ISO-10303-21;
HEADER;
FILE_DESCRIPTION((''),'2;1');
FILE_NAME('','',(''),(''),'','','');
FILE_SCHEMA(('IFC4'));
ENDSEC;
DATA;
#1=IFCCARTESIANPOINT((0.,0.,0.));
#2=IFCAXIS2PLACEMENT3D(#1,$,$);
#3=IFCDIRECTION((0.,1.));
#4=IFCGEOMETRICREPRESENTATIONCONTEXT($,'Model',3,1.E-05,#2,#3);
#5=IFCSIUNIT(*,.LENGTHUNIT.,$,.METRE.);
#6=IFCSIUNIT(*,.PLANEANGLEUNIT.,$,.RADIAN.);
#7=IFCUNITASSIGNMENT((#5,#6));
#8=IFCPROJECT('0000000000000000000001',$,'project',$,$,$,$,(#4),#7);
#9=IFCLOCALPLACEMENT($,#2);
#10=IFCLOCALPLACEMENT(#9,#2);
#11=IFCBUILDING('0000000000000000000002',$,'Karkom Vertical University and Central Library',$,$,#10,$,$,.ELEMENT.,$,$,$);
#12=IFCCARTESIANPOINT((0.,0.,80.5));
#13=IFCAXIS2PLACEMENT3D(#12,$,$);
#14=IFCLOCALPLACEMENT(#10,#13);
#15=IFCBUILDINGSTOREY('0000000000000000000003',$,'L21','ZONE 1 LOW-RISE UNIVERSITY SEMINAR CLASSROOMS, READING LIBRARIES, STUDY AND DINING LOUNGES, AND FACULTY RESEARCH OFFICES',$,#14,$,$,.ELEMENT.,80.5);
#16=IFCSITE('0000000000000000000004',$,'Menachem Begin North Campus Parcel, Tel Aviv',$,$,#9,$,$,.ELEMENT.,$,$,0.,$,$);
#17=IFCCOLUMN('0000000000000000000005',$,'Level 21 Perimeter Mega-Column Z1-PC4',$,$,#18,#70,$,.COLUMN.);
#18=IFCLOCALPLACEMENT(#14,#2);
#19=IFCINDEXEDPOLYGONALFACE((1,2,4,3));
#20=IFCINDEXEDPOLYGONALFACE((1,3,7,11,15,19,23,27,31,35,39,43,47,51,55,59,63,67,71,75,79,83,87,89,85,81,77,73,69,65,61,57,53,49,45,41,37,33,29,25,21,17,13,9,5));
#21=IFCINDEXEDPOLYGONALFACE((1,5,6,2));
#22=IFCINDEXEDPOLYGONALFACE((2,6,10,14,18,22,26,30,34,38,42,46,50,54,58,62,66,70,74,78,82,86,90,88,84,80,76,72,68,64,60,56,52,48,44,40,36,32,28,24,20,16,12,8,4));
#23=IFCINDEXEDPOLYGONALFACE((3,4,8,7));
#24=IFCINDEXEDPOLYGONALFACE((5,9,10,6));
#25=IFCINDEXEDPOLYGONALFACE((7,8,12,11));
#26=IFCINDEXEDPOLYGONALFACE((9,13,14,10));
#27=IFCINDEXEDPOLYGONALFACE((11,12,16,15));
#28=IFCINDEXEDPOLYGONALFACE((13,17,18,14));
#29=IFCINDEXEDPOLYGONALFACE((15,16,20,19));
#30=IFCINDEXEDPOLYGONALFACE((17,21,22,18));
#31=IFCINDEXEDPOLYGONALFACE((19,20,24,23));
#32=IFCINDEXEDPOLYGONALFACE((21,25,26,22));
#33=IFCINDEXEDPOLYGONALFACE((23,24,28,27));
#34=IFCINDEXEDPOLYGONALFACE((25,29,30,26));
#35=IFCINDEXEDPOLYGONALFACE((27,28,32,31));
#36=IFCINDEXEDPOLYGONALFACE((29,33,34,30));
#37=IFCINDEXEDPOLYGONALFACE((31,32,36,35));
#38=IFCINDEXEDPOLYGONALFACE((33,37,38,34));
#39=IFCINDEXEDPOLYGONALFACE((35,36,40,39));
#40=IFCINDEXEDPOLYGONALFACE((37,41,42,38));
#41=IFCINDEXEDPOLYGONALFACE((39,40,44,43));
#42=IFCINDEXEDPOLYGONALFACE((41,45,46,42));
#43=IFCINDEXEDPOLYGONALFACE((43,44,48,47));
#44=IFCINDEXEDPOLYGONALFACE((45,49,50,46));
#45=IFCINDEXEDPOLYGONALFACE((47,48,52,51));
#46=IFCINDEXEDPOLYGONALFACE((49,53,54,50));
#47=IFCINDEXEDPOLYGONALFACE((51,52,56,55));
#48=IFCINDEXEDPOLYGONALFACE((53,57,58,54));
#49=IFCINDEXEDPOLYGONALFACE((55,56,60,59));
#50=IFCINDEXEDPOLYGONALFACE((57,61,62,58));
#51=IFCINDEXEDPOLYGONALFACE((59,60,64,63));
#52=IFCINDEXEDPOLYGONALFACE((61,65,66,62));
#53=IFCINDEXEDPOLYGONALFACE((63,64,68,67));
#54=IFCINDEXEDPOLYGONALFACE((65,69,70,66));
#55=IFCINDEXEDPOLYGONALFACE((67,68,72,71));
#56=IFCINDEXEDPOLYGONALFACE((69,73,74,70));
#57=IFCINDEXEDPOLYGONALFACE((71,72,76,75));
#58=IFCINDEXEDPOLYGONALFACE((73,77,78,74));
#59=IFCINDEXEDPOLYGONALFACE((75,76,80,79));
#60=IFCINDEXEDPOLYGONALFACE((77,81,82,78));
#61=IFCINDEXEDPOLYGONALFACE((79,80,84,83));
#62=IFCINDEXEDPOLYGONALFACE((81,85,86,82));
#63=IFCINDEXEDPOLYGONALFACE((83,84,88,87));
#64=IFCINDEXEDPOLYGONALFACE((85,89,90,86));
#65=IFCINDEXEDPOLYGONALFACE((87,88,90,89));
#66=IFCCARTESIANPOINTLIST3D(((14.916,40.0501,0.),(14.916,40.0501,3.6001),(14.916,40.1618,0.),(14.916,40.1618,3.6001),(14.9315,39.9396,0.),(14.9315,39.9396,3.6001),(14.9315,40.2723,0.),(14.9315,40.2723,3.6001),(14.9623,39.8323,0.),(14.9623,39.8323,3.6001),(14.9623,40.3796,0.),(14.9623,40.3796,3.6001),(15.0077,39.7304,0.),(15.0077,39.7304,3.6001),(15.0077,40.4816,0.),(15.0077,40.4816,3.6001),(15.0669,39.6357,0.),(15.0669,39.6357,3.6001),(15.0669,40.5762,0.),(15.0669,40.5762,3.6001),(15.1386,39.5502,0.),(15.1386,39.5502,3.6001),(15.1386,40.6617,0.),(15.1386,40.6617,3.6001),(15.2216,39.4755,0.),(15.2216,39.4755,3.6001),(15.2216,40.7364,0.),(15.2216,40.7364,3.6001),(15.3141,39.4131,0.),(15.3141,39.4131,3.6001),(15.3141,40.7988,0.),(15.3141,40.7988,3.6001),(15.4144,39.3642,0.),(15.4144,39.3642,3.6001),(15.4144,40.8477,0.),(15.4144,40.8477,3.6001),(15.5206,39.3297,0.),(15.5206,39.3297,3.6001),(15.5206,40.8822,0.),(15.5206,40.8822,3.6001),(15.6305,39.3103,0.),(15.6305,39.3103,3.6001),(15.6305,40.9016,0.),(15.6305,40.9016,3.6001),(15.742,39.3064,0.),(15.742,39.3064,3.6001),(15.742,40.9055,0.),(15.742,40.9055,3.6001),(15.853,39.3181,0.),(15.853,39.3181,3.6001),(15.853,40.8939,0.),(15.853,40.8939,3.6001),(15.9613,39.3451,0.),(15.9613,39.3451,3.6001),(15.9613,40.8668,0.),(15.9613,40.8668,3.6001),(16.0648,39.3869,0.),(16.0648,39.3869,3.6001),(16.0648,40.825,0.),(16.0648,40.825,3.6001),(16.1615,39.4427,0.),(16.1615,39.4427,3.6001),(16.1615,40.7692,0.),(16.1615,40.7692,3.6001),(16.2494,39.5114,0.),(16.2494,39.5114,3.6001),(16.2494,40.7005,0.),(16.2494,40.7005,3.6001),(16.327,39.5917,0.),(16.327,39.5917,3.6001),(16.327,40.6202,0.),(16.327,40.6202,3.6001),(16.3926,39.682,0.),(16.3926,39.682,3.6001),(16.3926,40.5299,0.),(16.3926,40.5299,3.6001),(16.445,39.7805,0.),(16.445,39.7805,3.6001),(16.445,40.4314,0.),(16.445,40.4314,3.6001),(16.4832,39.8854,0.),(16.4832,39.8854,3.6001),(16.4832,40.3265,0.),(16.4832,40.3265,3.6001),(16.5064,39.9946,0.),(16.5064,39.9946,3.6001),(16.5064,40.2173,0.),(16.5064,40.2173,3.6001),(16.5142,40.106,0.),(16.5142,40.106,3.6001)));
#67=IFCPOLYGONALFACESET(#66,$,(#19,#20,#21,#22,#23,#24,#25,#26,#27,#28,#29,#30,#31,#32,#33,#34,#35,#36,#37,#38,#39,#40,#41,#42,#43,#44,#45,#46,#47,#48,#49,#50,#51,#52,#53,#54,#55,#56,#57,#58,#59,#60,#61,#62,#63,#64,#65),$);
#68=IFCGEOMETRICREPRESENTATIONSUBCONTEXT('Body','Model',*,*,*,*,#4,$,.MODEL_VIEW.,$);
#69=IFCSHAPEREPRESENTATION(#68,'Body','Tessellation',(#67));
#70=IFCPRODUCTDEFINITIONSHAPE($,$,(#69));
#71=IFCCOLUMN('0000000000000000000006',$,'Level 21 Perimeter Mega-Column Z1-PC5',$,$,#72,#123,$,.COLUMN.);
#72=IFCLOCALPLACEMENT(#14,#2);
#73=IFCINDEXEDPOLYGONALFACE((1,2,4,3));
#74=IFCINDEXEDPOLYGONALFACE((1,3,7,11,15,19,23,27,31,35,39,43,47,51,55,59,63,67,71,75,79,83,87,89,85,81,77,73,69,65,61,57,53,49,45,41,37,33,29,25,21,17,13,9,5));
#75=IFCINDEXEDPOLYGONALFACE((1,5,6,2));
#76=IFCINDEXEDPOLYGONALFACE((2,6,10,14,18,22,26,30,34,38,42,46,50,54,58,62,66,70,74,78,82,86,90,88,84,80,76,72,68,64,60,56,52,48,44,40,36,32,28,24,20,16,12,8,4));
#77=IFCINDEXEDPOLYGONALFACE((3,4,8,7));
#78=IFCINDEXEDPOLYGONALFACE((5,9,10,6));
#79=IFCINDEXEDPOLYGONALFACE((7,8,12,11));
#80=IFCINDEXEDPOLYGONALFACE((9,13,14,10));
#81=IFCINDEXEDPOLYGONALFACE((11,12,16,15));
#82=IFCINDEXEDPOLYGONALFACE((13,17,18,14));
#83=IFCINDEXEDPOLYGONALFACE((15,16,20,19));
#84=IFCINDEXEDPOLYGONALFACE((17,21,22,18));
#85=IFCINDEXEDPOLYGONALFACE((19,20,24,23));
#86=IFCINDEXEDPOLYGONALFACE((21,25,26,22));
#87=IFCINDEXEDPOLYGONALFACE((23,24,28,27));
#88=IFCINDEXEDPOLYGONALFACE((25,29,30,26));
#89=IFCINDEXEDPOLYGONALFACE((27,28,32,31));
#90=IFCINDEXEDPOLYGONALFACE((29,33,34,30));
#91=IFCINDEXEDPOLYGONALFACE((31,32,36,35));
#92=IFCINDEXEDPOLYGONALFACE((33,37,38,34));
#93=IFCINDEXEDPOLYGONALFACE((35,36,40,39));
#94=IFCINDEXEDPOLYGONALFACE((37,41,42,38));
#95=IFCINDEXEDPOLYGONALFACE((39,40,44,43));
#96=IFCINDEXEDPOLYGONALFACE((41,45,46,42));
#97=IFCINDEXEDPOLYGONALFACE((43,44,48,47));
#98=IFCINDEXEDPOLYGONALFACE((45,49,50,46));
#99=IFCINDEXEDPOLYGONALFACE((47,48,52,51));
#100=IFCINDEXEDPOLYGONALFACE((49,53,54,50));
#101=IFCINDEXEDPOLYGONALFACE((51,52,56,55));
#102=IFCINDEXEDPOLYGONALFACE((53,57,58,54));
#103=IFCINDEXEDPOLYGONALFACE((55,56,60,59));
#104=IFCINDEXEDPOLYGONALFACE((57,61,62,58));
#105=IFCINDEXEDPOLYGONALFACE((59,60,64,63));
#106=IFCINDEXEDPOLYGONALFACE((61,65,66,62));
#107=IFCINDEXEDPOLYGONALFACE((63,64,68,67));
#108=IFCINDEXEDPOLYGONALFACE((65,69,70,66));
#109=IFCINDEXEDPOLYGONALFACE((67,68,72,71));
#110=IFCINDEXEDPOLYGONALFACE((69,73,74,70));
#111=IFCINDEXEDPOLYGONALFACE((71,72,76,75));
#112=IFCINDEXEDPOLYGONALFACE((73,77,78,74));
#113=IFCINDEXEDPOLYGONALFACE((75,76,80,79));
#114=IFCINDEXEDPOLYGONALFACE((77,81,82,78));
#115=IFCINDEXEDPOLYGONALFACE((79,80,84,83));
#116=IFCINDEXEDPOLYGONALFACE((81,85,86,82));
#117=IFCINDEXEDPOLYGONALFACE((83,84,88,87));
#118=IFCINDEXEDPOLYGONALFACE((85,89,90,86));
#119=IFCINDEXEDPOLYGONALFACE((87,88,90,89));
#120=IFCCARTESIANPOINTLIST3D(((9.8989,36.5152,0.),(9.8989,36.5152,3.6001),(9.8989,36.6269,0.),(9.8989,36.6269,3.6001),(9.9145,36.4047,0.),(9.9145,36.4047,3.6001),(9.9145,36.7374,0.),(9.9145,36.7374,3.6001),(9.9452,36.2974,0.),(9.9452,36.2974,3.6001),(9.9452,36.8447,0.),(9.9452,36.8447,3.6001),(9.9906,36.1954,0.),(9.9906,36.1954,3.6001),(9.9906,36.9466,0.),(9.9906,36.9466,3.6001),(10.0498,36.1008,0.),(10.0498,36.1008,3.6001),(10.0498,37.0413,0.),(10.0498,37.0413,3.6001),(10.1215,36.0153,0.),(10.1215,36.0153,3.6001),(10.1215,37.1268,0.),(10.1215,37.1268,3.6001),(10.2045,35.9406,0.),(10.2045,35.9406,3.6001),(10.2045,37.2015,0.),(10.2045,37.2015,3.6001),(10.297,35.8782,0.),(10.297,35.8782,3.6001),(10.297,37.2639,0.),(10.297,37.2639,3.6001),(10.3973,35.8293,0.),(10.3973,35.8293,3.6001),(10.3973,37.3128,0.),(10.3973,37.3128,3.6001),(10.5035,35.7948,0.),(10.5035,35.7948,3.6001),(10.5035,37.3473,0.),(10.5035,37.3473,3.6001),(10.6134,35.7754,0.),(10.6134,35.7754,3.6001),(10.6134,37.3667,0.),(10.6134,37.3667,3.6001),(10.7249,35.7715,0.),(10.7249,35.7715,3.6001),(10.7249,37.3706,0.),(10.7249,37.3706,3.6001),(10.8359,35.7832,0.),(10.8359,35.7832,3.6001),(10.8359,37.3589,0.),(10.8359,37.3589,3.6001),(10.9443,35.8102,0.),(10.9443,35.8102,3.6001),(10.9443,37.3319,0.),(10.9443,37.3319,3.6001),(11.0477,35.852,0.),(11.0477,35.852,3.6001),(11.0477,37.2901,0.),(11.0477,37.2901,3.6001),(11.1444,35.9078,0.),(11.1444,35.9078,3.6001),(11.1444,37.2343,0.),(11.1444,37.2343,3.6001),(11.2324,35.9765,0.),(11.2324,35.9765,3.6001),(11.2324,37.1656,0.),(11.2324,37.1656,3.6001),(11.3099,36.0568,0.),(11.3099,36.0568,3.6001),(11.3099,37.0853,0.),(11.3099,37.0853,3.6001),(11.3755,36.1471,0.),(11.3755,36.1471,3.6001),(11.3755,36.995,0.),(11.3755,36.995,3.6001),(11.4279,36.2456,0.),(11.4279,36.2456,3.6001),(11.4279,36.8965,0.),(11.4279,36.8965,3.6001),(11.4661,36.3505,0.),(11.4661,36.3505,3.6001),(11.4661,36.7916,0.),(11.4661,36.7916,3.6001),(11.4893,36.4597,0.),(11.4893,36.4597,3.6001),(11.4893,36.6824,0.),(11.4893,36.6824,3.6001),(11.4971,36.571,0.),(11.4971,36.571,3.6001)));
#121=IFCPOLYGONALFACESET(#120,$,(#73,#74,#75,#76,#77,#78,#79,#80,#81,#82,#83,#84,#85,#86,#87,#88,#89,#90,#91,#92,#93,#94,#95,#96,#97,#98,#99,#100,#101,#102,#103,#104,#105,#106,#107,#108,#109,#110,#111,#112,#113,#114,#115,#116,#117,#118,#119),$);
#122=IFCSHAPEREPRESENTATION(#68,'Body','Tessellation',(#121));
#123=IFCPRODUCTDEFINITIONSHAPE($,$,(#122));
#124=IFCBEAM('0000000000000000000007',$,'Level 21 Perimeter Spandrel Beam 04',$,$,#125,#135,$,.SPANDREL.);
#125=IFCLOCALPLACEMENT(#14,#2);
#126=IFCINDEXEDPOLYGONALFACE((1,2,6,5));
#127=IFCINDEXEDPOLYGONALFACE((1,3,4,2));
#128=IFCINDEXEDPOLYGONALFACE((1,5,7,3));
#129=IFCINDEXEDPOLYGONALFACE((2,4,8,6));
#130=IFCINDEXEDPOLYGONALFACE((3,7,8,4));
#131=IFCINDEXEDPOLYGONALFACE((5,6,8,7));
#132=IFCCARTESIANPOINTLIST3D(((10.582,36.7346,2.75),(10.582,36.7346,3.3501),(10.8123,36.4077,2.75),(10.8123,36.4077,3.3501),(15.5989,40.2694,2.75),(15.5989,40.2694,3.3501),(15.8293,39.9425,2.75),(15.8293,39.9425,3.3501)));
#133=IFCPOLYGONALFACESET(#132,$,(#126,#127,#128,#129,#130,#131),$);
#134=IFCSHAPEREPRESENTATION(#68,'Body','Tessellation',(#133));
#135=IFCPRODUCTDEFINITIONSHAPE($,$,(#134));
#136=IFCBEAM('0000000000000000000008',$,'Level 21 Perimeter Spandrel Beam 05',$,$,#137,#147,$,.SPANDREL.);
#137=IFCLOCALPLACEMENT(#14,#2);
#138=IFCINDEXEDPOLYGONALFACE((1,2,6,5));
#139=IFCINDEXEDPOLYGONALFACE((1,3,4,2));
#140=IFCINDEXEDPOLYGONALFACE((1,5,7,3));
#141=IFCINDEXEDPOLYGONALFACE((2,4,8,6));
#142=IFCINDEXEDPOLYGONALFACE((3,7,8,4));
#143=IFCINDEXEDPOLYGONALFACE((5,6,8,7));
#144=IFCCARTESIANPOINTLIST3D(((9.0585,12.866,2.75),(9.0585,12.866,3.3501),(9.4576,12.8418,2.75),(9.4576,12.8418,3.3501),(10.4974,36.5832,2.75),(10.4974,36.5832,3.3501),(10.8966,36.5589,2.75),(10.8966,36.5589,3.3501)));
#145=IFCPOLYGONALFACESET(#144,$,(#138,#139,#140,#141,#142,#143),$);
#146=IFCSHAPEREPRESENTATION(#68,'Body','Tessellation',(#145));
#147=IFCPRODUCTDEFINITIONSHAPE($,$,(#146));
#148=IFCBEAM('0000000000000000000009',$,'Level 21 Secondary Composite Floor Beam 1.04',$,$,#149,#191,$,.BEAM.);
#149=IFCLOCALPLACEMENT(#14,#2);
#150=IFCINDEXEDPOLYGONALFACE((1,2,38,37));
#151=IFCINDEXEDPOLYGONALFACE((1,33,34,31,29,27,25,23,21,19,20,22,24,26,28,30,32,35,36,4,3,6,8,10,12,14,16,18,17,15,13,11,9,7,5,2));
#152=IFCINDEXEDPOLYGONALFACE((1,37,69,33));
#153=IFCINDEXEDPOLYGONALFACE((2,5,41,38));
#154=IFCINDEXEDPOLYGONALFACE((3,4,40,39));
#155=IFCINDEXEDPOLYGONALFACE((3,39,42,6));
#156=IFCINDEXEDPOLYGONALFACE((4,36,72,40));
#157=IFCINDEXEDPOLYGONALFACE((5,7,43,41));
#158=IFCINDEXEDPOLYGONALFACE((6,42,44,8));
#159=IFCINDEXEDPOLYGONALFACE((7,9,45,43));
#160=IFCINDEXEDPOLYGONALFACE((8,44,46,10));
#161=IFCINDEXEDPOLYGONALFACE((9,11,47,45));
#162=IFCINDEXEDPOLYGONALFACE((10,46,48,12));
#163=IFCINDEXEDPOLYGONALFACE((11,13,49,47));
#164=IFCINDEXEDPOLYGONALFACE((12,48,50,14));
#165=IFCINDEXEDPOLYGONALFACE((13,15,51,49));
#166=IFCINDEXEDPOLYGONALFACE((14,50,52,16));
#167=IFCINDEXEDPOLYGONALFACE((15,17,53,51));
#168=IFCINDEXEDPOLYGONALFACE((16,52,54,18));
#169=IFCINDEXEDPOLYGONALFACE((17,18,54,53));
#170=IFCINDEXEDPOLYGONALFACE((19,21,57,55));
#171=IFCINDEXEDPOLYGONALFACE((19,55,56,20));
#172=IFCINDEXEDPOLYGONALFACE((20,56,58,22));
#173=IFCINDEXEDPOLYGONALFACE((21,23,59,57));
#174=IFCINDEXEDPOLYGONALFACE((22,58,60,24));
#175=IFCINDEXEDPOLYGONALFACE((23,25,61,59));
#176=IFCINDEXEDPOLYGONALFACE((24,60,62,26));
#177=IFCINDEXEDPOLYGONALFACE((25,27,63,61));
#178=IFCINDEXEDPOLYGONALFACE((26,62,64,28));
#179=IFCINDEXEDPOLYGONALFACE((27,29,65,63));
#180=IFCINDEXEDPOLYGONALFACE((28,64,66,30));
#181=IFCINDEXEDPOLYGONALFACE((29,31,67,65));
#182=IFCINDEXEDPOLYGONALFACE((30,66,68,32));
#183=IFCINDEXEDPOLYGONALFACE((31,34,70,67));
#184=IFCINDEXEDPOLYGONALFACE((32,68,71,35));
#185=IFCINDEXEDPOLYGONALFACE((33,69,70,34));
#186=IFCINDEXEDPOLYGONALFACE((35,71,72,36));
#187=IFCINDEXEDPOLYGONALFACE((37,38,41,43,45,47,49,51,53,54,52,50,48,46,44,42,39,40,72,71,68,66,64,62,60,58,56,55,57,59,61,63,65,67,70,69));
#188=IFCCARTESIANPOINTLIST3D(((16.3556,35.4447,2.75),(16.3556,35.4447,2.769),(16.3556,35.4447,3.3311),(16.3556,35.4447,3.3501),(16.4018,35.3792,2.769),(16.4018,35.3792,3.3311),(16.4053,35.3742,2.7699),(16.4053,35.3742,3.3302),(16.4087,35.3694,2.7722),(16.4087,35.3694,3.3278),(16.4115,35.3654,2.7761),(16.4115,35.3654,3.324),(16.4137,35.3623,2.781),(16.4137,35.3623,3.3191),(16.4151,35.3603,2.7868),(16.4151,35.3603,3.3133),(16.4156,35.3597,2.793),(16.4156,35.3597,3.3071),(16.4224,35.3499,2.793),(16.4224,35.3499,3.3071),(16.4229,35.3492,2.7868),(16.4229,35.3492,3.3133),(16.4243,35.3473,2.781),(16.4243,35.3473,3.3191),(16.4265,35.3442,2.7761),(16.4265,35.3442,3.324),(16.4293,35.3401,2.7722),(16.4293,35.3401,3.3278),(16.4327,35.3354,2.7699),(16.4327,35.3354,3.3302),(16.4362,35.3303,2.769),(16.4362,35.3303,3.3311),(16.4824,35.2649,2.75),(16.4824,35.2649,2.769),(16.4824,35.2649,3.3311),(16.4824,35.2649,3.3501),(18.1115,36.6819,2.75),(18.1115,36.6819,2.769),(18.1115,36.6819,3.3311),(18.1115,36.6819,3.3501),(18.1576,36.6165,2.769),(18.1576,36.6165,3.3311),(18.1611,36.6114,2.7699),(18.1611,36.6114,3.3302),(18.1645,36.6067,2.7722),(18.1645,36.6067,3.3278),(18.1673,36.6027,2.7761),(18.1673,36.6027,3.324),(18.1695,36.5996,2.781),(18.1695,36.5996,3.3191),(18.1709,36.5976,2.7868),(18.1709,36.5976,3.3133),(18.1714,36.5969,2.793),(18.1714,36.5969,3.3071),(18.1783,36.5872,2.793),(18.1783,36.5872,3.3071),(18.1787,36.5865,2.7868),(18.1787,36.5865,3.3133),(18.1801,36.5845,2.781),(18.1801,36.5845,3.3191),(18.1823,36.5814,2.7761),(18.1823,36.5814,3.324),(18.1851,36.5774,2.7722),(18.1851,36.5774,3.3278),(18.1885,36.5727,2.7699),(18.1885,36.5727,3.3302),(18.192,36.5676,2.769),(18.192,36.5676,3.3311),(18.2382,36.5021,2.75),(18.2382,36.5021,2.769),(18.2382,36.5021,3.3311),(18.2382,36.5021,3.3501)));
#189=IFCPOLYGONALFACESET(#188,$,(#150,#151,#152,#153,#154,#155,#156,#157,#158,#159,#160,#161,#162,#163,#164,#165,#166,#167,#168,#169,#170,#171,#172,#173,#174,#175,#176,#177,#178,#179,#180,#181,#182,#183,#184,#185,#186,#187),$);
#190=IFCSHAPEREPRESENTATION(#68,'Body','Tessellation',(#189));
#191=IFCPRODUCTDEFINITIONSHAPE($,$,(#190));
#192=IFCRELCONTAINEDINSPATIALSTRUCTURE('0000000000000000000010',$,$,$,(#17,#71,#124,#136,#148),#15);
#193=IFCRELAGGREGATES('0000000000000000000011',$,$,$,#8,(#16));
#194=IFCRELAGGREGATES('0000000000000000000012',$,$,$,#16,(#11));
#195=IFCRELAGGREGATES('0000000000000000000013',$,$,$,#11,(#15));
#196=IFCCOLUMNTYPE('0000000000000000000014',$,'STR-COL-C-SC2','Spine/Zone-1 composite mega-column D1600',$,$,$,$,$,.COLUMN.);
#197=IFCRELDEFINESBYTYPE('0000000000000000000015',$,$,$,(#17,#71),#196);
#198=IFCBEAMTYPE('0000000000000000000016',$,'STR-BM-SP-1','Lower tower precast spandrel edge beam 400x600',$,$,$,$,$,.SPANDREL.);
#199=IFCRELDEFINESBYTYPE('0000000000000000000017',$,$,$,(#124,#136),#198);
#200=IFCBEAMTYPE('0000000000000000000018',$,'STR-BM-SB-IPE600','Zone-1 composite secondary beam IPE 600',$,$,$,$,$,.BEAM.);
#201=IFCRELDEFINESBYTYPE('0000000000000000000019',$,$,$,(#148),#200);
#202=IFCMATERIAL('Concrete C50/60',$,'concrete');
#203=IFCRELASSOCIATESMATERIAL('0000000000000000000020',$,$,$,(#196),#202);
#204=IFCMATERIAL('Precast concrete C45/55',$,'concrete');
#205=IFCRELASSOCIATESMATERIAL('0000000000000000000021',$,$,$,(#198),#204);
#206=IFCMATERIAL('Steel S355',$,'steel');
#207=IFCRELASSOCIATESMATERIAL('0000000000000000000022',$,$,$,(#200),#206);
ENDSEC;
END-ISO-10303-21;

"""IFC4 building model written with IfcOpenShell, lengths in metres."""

from ifc_helpers import new_model, si_unit, direction, frame, origin, origin_with_axes, origin_2d, place, context, subcontext, project, spatial, rectangle, circle, i_section, extrude, source, transform, mapped, material, material_profile, profile_set, type_object, element, save


model = new_model("IFC4")

# Units and contexts
model_context = context("Model", 3, precision=1e-05, world=origin(), true_north=direction((0.0, 1.0)))
body_context = subcontext(model_context, "Body", "Model", "MODEL_VIEW")
ifc_project = project(units=[si_unit("LENGTHUNIT", "METRE"), si_unit("PLANEANGLEUNIT", "RADIAN")], contexts=[model_context])

# Site, building, storey
site_placement = place(None, origin())
site = spatial("IfcSite", under=ifc_project, at=site_placement, Name="Menachem Begin North Campus Parcel, Tel Aviv", CompositionType="ELEMENT", RefElevation=0.0)
building_placement = place(site_placement, origin())
building = spatial("IfcBuilding", under=site, at=building_placement, Name="Karkom Vertical University and Central Library", CompositionType="ELEMENT")
storey_placement = place(building_placement, frame((0.0, 0.0, 80.5)))
storey = spatial("IfcBuildingStorey", under=building, at=storey_placement, Name="L21", Description="ZONE 1 LOW-RISE UNIVERSITY SEMINAR CLASSROOMS, READING LIBRARIES, STUDY AND DINING LOUNGES, AND FACULTY RESEARCH OFFICES", CompositionType="ELEMENT", Elevation=80.5)

# Columns
ifc_material_1 = material(Name="Concrete C50/60", Category="concrete")
ifc_material_profile_1 = material_profile(ifc_material_1, circle(Radius=0.8, at=origin_2d()), Name="CFT-D1600")
ifc_profile_set_1 = profile_set([ifc_material_profile_1], Name="Concrete C50/60")
column_type = type_object("IfcColumnType", Name="STR-COL-C-SC2", Description="Spine/Zone-1 composite mega-column D1600", PredefinedType="COLUMN", material=ifc_profile_set_1)
shared_shape_1 = source(origin_with_axes(), body_context, "Body", "SweptSolid", [
    extrude(circle(Radius=0.8, at=origin_2d()), origin(), (0.0, 0.0, 1.0), 3.6001),
])
for number, where, z_axis, x_axis, name in (
    (1, (15.7141, 40.106, 0.0), (0.0, 0.0, 1.0), (1.0, 0.0, 0.0), "Level 21 Perimeter Mega-Column Z1-PC4"),
    (2, (10.697, 36.571, 0.0), (0.0, 0.0, 1.0), (1.0, 0.0, 0.0), "Level 21 Perimeter Mega-Column Z1-PC5"),
):
    element("IfcColumn", number, at=place(storey_placement, frame(where, z_axis=z_axis, x_axis=x_axis)), inside=storey, type_object=column_type, Name=name, PredefinedType="COLUMN", context=body_context, shape_type="MappedRepresentation", body=[
        mapped(shared_shape_1, transform((0.0, 0.0, 0.0), scale=1.0)),
    ])

# Beams
ifc_material_2 = material(Name="Precast concrete C45/55", Category="concrete")
ifc_material_profile_2 = material_profile(ifc_material_2, rectangle(XDim=0.3999, YDim=0.6001, at=origin_2d()), Name="SPB-400x600")
ifc_profile_set_2 = profile_set([ifc_material_profile_2], Name="Precast concrete C45/55")
beam_type_1 = type_object("IfcBeamType", Name="STR-BM-SP-1", Description="Lower tower precast spandrel edge beam 400x600", PredefinedType="SPANDREL", material=ifc_profile_set_2)
shared_shape_2 = source(origin_with_axes(), body_context, "Body", "SweptSolid", [
    extrude(rectangle(XDim=0.3999, YDim=0.6001, at=origin_2d()), origin(), (0.0, 0.0, 1.0), 6.1372),
])
beam_1_placement = place(storey_placement, frame((15.7141, 40.106, 3.05), z_axis=(-0.817471, -0.575969, 0.0), x_axis=(0.575969, -0.817471, 0.0)))
element("IfcBeam", 3, at=beam_1_placement, inside=storey, type_object=beam_type_1, Name="Level 21 Perimeter Spandrel Beam 04", PredefinedType="SPANDREL", context=body_context, shape_type="MappedRepresentation", body=[
    mapped(shared_shape_2, transform((0.0, 0.0, 0.0), scale=1.0)),
])
shared_shape_3 = source(origin_with_axes(), body_context, "Body", "SweptSolid", [
    extrude(rectangle(XDim=0.3999, YDim=0.6001, at=origin_2d()), origin(), (0.0, 0.0, 1.0), 23.7607),
])
beam_2_placement = place(storey_placement, frame((10.697, 36.571, 3.05), z_axis=(-0.060561, -0.998165, 0.0), x_axis=(0.998165, -0.060561, 0.0)))
element("IfcBeam", 4, at=beam_2_placement, inside=storey, type_object=beam_type_1, Name="Level 21 Perimeter Spandrel Beam 05", PredefinedType="SPANDREL", context=body_context, shape_type="MappedRepresentation", body=[
    mapped(shared_shape_3, transform((0.0, 0.0, 0.0), scale=1.0)),
])
ifc_material_3 = material(Name="Steel S355", Category="steel")
ifc_material_profile_3 = material_profile(ifc_material_3, i_section(OverallWidth=0.22, OverallDepth=0.6001, WebThickness=0.012, FlangeThickness=0.019, FilletRadius=0.0239, at=origin_2d()), Name="IPE 600")
ifc_profile_set_3 = profile_set([ifc_material_profile_3], Name="Steel S355")
beam_type_2 = type_object("IfcBeamType", Name="STR-BM-SB-IPE600", Description="Zone-1 composite secondary beam IPE 600", PredefinedType="BEAM", material=ifc_profile_set_3)
shared_shape_4 = source(origin_with_axes(), body_context, "Body", "SweptSolid", [
    extrude(i_section(OverallWidth=0.22, OverallDepth=0.6001, WebThickness=0.012, FlangeThickness=0.019, FilletRadius=0.0239, at=origin_2d()), origin(), (0.0, 0.0, 1.0), 2.1479),
])
beam_3_placement = place(storey_placement, frame((18.1748, 36.592, 3.05), z_axis=(-0.817434, -0.576023, 0.0), x_axis=(0.576023, -0.817434, 0.0)))
element("IfcBeam", 5, at=beam_3_placement, inside=storey, type_object=beam_type_2, Name="Level 21 Secondary Composite Floor Beam 1.04", PredefinedType="BEAM", context=body_context, shape_type="MappedRepresentation", body=[
    mapped(shared_shape_4, transform((0.0, 0.0, 0.0), scale=1.0)),
])

save(model, "model.ifc")
